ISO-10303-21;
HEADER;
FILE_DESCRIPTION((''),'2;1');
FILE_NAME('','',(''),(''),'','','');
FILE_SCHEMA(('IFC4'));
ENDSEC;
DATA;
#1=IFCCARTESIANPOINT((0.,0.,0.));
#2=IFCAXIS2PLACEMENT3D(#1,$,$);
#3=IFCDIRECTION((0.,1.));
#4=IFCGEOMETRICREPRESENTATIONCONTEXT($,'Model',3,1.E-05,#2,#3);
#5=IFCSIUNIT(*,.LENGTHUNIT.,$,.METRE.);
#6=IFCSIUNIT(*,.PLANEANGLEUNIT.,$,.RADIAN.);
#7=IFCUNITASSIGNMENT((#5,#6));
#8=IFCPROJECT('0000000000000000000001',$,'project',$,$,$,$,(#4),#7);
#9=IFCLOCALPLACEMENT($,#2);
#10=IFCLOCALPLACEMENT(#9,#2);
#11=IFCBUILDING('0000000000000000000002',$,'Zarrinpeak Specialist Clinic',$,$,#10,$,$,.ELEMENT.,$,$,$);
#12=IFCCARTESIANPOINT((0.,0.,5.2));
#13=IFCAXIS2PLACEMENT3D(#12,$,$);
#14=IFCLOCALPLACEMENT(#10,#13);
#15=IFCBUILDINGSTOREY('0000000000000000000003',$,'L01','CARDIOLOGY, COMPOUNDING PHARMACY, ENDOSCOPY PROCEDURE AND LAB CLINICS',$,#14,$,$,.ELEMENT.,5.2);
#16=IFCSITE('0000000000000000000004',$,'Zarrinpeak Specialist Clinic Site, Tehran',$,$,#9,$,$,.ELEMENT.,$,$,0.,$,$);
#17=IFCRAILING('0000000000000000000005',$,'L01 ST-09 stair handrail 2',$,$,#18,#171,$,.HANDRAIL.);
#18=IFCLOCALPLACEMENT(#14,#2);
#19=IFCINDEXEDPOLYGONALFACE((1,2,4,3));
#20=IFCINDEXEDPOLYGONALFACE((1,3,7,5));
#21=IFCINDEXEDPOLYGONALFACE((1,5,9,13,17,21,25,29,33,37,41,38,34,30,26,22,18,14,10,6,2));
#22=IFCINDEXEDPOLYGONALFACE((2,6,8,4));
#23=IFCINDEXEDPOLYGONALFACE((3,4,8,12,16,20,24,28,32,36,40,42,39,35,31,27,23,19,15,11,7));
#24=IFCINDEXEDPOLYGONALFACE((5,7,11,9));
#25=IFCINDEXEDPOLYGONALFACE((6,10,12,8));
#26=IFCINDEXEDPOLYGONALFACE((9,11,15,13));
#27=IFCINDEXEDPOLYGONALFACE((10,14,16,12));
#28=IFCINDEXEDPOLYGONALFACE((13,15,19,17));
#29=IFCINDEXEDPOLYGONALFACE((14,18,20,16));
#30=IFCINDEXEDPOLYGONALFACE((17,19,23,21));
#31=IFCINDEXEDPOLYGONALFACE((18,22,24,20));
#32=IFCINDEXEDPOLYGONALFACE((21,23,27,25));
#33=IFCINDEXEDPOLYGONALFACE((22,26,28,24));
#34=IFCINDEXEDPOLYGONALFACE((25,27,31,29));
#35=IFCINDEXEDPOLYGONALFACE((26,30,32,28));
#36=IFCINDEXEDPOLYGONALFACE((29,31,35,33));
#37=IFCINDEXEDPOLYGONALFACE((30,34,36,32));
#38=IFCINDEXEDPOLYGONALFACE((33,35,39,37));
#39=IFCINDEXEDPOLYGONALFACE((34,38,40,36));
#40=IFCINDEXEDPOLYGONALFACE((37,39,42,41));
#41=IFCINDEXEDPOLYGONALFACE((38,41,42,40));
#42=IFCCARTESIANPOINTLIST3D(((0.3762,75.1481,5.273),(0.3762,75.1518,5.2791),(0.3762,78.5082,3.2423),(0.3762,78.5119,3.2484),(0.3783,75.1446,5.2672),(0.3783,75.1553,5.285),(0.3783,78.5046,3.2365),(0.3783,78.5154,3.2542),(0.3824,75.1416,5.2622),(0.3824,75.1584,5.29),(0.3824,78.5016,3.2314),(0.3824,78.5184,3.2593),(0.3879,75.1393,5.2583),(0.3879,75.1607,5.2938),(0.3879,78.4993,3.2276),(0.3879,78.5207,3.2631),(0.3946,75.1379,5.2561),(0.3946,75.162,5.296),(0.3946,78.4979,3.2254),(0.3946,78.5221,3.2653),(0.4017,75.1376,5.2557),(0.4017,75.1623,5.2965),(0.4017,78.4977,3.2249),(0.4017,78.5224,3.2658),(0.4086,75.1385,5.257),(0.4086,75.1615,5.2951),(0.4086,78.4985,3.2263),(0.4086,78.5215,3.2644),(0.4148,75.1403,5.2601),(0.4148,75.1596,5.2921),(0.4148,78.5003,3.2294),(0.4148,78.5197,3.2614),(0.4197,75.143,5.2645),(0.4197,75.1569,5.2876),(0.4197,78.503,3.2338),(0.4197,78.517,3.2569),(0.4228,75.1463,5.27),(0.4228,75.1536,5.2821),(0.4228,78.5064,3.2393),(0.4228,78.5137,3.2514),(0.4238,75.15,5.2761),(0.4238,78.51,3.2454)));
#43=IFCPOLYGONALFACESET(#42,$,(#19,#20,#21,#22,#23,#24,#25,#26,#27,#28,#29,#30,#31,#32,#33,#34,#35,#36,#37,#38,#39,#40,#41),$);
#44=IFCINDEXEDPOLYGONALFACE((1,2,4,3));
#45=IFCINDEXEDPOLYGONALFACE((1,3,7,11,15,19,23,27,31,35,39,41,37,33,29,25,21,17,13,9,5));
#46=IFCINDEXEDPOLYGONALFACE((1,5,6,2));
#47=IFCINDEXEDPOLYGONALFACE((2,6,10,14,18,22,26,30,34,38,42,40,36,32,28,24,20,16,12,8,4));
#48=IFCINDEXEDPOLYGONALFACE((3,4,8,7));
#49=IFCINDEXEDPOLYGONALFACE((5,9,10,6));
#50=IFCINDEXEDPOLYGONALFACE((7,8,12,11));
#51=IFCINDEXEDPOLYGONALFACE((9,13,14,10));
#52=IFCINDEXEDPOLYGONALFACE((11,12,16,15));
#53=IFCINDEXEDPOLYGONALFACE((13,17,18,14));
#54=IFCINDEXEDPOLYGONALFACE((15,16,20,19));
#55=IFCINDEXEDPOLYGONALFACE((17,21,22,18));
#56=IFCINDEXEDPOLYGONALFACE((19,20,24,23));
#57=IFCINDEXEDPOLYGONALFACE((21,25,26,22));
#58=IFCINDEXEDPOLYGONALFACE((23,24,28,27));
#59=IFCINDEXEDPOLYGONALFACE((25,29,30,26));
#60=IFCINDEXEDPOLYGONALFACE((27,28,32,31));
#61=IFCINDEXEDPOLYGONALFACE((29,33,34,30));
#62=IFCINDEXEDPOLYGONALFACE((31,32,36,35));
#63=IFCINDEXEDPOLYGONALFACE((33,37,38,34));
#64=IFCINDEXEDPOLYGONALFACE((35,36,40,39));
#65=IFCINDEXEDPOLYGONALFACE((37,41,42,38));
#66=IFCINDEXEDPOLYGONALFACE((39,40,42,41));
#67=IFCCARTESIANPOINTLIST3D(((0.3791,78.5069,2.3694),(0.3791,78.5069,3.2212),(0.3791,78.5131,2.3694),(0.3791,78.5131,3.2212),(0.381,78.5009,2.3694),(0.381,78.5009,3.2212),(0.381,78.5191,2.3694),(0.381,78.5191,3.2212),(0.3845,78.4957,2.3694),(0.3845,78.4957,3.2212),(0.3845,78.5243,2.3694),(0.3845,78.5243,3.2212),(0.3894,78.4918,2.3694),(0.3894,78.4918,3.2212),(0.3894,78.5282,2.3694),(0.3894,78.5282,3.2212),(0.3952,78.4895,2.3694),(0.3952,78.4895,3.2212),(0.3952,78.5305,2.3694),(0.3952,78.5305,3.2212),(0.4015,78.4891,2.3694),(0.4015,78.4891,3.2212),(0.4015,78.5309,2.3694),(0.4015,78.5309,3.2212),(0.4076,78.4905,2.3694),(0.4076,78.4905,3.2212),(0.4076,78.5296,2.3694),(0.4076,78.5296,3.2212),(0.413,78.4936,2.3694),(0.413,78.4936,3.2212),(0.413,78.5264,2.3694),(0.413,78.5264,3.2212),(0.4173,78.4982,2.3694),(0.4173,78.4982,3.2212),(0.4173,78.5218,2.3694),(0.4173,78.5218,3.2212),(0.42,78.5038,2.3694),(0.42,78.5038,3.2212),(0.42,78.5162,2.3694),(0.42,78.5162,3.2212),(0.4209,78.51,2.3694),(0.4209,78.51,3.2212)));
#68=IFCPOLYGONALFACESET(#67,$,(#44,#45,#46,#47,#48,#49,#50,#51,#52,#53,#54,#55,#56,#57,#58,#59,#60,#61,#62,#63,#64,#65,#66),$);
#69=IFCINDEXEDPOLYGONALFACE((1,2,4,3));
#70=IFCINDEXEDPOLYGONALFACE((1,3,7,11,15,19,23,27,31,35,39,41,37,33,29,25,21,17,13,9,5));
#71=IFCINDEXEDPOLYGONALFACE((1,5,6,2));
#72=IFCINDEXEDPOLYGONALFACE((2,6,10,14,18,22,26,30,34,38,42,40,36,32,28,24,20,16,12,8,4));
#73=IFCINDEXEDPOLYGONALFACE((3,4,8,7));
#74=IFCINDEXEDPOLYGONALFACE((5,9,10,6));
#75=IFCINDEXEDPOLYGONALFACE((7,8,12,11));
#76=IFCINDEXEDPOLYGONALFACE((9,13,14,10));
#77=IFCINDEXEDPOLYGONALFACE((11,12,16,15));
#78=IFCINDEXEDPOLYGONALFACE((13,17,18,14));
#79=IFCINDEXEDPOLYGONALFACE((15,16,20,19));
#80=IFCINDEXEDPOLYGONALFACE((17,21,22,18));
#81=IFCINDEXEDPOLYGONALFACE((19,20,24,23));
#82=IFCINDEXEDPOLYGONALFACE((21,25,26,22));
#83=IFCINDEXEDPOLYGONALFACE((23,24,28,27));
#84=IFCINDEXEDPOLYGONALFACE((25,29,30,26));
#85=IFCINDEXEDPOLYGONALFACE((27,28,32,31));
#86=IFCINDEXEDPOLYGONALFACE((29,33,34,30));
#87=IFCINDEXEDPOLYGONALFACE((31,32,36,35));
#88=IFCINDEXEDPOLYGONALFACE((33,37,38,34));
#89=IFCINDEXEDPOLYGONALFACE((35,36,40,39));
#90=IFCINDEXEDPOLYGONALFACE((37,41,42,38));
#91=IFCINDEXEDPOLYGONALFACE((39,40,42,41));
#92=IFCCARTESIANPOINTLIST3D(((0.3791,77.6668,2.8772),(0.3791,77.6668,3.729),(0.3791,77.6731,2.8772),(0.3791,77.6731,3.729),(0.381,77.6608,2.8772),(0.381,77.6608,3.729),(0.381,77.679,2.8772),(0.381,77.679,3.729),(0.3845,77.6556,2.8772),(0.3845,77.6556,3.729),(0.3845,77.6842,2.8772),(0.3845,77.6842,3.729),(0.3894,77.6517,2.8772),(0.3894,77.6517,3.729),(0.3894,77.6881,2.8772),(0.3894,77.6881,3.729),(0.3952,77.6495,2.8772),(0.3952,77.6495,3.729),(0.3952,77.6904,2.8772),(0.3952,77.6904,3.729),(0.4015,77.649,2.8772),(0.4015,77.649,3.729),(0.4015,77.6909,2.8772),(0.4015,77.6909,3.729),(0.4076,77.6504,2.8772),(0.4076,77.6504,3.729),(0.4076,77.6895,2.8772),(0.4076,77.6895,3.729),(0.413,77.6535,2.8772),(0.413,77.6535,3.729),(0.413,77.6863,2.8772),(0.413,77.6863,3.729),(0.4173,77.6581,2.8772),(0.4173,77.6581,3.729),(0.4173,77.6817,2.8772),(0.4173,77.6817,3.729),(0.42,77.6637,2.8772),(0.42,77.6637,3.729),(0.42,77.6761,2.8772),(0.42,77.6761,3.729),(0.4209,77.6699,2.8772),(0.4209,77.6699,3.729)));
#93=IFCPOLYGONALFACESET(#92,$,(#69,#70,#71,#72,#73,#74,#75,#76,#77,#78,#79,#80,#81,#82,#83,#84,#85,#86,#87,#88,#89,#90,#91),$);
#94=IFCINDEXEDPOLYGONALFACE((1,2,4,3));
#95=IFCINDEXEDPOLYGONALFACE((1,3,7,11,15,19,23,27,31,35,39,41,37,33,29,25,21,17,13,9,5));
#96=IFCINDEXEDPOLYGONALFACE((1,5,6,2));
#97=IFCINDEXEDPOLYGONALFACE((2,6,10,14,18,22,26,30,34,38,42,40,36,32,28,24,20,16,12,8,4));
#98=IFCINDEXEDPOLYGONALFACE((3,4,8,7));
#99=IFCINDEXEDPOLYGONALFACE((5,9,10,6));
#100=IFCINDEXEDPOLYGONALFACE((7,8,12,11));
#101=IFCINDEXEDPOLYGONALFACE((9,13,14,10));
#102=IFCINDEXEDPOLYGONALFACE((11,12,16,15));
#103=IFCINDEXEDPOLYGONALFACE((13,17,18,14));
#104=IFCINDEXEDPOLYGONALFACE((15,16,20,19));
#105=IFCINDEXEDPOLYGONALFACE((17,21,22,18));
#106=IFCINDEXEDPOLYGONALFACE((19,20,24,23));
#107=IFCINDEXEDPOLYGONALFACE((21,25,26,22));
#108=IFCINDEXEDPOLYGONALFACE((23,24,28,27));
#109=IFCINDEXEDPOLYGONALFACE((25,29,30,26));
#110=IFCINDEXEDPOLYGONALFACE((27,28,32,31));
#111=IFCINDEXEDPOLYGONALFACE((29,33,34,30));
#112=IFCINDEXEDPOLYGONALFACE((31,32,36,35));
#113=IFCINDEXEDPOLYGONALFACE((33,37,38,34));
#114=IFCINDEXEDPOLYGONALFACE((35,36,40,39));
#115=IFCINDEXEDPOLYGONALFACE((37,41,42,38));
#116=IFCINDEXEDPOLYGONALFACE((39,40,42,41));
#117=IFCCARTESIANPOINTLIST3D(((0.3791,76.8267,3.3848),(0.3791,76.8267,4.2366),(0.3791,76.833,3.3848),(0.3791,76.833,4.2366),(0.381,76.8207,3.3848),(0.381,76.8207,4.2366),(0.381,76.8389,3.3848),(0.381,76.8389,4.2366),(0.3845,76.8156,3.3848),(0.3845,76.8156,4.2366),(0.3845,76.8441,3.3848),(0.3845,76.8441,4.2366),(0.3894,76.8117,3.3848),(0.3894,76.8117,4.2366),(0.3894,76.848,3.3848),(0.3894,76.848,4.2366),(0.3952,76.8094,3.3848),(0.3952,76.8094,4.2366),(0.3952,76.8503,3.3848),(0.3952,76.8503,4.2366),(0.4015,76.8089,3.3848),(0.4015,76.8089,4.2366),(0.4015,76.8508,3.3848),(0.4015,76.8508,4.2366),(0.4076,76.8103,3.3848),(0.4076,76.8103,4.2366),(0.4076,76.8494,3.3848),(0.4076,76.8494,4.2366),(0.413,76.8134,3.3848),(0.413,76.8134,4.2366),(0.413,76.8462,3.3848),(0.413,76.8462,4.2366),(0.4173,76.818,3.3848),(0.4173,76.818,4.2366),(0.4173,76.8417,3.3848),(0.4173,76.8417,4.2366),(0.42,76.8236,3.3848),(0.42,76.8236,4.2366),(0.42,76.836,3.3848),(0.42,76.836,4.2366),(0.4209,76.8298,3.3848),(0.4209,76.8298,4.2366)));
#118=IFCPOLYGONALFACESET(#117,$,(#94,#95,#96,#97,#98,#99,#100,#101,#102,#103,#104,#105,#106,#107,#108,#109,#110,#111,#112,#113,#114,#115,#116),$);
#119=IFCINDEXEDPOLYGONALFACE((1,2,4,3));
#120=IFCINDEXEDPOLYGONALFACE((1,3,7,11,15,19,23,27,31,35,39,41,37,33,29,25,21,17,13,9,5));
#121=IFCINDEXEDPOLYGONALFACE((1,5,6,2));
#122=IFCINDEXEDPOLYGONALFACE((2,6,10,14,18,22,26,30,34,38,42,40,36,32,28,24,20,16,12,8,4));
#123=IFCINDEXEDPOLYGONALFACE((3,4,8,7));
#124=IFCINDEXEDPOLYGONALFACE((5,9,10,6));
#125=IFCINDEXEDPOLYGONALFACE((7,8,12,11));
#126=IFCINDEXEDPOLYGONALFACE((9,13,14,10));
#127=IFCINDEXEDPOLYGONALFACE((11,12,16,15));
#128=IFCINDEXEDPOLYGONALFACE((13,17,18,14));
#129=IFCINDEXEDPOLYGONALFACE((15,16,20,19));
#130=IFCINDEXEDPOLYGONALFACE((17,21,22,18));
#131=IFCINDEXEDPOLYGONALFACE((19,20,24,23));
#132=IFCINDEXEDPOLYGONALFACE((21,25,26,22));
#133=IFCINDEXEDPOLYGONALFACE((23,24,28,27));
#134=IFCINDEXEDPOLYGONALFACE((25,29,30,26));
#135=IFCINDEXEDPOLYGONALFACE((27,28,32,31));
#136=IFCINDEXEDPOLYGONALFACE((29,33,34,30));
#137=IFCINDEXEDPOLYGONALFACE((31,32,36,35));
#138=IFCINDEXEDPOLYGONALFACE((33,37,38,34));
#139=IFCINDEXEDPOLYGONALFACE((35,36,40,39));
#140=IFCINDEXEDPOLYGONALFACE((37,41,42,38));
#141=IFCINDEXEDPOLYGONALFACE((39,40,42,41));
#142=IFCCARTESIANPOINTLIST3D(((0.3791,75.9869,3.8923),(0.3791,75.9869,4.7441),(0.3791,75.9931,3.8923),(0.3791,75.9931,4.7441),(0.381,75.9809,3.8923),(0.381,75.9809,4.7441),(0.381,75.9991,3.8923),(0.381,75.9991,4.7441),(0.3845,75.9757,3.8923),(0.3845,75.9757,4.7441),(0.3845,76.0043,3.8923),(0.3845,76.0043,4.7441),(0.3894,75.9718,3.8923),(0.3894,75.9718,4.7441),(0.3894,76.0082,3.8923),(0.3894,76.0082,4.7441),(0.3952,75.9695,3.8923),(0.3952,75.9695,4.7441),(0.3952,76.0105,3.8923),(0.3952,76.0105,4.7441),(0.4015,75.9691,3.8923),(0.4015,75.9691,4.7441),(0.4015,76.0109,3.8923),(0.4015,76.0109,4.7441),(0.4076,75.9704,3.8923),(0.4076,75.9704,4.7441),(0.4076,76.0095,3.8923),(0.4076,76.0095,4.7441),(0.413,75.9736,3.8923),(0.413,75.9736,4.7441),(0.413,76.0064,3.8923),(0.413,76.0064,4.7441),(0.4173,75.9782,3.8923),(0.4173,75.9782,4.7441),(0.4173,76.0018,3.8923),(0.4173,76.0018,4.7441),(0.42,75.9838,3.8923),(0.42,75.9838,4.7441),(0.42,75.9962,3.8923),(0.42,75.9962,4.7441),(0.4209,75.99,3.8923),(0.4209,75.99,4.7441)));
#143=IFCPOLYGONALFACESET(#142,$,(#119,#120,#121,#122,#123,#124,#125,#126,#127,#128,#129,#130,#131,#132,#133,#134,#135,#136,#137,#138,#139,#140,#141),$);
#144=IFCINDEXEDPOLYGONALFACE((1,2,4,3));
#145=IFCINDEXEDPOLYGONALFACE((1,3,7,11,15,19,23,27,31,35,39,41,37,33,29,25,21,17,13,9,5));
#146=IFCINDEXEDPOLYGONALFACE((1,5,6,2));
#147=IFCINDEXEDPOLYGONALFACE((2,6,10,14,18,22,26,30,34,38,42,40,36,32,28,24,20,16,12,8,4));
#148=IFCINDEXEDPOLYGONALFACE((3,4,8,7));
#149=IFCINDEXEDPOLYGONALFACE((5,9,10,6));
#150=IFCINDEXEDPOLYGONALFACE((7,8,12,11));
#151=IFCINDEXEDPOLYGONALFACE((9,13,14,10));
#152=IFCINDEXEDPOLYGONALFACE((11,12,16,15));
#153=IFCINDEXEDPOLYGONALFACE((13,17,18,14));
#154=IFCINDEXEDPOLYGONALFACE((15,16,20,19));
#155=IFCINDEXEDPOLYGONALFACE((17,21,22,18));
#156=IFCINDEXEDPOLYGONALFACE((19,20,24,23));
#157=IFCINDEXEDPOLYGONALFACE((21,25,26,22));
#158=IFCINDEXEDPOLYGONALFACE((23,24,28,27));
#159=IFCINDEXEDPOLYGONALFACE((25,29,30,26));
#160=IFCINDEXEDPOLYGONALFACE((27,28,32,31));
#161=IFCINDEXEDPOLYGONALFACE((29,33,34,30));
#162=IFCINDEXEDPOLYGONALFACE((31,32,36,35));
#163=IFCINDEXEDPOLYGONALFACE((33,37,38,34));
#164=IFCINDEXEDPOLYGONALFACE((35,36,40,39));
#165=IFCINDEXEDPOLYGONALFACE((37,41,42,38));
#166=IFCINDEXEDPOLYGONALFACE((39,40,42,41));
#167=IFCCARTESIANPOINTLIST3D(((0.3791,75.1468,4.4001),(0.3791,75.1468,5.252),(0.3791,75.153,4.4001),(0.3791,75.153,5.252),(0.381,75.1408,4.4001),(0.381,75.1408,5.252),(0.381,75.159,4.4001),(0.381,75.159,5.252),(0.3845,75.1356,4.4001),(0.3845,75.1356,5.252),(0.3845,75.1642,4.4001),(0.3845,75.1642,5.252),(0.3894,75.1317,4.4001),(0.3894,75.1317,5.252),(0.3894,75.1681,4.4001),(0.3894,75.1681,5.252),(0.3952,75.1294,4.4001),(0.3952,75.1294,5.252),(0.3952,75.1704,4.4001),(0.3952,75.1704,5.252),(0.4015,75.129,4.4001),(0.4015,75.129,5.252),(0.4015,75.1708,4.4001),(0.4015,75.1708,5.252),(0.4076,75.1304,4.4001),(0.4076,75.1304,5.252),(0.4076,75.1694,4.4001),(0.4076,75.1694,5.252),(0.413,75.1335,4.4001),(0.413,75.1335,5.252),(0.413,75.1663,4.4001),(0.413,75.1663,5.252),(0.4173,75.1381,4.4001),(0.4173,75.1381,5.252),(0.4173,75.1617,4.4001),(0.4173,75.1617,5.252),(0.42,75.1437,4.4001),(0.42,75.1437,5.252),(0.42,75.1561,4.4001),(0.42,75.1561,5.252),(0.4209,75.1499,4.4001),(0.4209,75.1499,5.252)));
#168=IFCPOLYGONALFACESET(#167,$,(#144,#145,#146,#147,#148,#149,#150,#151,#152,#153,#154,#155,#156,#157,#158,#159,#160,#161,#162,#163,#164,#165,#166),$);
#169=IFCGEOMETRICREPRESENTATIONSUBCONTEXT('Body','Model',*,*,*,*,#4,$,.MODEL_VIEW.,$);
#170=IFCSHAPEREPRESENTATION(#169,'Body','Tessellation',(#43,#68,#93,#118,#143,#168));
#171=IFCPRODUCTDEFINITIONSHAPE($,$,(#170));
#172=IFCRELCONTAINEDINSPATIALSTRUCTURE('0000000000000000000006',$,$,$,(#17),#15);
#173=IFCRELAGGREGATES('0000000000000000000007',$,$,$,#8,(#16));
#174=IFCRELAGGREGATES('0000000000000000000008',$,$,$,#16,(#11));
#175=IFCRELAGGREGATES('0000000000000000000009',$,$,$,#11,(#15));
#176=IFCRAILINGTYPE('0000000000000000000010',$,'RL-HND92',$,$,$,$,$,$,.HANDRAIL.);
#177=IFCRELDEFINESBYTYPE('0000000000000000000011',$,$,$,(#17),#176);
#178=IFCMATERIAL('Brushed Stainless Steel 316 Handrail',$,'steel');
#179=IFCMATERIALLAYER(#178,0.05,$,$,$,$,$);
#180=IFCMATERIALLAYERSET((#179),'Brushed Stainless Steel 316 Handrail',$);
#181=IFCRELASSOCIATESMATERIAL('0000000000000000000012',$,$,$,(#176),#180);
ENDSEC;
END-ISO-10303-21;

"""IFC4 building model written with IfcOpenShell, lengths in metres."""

from ifc_helpers import new_model, si_unit, direction, frame, origin, origin_2d, place, context, subcontext, project, spatial, circle, extrude, material, layer, layer_set, type_object, element, save


model = new_model("IFC4")

# Units and contexts
model_context = context("Model", 3, precision=1e-05, world=origin(), true_north=direction((0.0, 1.0)))
body_context = subcontext(model_context, "Body", "Model", "MODEL_VIEW")
ifc_project = project(units=[si_unit("LENGTHUNIT", "METRE"), si_unit("PLANEANGLEUNIT", "RADIAN")], contexts=[model_context])

# Site, building, storey
site_placement = place(None, origin())
site = spatial("IfcSite", under=ifc_project, at=site_placement, Name="Zarrinpeak Specialist Clinic Site, Tehran", CompositionType="ELEMENT", RefElevation=0.0)
building_placement = place(site_placement, origin())
building = spatial("IfcBuilding", under=site, at=building_placement, Name="Zarrinpeak Specialist Clinic", CompositionType="ELEMENT")
storey_placement = place(building_placement, frame((0.0, 0.0, 5.2)))
storey = spatial("IfcBuildingStorey", under=building, at=storey_placement, Name="L01", Description="CARDIOLOGY, COMPOUNDING PHARMACY, ENDOSCOPY PROCEDURE AND LAB CLINICS", CompositionType="ELEMENT", Elevation=5.2)

# Railing
ifc_material_1 = material(Name="Brushed Stainless Steel 316 Handrail", Category="steel")
ifc_layer_1 = layer(ifc_material_1, 0.05)
ifc_layer_set_1 = layer_set([ifc_layer_1], Name="Brushed Stainless Steel 316 Handrail")
railing_type_1 = type_object("IfcRailingType", Name="RL-HND92", PredefinedType="HANDRAIL", material=ifc_layer_set_1)
railing_1_placement = place(storey_placement, frame((0.3999, 78.51, 2.3694)))
element("IfcRailing", 1, at=railing_1_placement, inside=storey, type_object=railing_type_1, Name="L01 ST-09 stair handrail 2", PredefinedType="HANDRAIL", context=body_context, shape_type="SweptSolid", body=[
    extrude(circle(Radius=0.0239, at=origin_2d()), frame((0.0, 0.0, 0.876), z_axis=(0.0, -0.855837, 0.517246), x_axis=(1.0, 0.0, 0.0)), (0.0, 0.0, 1.0), 3.926),
    extrude(circle(Radius=0.021, at=origin_2d()), origin(), (0.0, 0.0, 1.0), 0.8518),
    extrude(circle(Radius=0.021, at=origin_2d()), frame((0.0, -0.8401, 0.5078)), (0.0, 0.0, 1.0), 0.8518),
    extrude(circle(Radius=0.021, at=origin_2d()), frame((0.0, -1.6802, 1.0154)), (0.0, 0.0, 1.0), 0.8518),
    extrude(circle(Radius=0.021, at=origin_2d()), frame((0.0, -2.52, 1.5229)), (0.0, 0.0, 1.0), 0.8518),
    extrude(circle(Radius=0.021, at=origin_2d()), frame((0.0, -3.3601, 2.0308)), (0.0, 0.0, 1.0), 0.8518),
])

save(model, "model.ifc")
